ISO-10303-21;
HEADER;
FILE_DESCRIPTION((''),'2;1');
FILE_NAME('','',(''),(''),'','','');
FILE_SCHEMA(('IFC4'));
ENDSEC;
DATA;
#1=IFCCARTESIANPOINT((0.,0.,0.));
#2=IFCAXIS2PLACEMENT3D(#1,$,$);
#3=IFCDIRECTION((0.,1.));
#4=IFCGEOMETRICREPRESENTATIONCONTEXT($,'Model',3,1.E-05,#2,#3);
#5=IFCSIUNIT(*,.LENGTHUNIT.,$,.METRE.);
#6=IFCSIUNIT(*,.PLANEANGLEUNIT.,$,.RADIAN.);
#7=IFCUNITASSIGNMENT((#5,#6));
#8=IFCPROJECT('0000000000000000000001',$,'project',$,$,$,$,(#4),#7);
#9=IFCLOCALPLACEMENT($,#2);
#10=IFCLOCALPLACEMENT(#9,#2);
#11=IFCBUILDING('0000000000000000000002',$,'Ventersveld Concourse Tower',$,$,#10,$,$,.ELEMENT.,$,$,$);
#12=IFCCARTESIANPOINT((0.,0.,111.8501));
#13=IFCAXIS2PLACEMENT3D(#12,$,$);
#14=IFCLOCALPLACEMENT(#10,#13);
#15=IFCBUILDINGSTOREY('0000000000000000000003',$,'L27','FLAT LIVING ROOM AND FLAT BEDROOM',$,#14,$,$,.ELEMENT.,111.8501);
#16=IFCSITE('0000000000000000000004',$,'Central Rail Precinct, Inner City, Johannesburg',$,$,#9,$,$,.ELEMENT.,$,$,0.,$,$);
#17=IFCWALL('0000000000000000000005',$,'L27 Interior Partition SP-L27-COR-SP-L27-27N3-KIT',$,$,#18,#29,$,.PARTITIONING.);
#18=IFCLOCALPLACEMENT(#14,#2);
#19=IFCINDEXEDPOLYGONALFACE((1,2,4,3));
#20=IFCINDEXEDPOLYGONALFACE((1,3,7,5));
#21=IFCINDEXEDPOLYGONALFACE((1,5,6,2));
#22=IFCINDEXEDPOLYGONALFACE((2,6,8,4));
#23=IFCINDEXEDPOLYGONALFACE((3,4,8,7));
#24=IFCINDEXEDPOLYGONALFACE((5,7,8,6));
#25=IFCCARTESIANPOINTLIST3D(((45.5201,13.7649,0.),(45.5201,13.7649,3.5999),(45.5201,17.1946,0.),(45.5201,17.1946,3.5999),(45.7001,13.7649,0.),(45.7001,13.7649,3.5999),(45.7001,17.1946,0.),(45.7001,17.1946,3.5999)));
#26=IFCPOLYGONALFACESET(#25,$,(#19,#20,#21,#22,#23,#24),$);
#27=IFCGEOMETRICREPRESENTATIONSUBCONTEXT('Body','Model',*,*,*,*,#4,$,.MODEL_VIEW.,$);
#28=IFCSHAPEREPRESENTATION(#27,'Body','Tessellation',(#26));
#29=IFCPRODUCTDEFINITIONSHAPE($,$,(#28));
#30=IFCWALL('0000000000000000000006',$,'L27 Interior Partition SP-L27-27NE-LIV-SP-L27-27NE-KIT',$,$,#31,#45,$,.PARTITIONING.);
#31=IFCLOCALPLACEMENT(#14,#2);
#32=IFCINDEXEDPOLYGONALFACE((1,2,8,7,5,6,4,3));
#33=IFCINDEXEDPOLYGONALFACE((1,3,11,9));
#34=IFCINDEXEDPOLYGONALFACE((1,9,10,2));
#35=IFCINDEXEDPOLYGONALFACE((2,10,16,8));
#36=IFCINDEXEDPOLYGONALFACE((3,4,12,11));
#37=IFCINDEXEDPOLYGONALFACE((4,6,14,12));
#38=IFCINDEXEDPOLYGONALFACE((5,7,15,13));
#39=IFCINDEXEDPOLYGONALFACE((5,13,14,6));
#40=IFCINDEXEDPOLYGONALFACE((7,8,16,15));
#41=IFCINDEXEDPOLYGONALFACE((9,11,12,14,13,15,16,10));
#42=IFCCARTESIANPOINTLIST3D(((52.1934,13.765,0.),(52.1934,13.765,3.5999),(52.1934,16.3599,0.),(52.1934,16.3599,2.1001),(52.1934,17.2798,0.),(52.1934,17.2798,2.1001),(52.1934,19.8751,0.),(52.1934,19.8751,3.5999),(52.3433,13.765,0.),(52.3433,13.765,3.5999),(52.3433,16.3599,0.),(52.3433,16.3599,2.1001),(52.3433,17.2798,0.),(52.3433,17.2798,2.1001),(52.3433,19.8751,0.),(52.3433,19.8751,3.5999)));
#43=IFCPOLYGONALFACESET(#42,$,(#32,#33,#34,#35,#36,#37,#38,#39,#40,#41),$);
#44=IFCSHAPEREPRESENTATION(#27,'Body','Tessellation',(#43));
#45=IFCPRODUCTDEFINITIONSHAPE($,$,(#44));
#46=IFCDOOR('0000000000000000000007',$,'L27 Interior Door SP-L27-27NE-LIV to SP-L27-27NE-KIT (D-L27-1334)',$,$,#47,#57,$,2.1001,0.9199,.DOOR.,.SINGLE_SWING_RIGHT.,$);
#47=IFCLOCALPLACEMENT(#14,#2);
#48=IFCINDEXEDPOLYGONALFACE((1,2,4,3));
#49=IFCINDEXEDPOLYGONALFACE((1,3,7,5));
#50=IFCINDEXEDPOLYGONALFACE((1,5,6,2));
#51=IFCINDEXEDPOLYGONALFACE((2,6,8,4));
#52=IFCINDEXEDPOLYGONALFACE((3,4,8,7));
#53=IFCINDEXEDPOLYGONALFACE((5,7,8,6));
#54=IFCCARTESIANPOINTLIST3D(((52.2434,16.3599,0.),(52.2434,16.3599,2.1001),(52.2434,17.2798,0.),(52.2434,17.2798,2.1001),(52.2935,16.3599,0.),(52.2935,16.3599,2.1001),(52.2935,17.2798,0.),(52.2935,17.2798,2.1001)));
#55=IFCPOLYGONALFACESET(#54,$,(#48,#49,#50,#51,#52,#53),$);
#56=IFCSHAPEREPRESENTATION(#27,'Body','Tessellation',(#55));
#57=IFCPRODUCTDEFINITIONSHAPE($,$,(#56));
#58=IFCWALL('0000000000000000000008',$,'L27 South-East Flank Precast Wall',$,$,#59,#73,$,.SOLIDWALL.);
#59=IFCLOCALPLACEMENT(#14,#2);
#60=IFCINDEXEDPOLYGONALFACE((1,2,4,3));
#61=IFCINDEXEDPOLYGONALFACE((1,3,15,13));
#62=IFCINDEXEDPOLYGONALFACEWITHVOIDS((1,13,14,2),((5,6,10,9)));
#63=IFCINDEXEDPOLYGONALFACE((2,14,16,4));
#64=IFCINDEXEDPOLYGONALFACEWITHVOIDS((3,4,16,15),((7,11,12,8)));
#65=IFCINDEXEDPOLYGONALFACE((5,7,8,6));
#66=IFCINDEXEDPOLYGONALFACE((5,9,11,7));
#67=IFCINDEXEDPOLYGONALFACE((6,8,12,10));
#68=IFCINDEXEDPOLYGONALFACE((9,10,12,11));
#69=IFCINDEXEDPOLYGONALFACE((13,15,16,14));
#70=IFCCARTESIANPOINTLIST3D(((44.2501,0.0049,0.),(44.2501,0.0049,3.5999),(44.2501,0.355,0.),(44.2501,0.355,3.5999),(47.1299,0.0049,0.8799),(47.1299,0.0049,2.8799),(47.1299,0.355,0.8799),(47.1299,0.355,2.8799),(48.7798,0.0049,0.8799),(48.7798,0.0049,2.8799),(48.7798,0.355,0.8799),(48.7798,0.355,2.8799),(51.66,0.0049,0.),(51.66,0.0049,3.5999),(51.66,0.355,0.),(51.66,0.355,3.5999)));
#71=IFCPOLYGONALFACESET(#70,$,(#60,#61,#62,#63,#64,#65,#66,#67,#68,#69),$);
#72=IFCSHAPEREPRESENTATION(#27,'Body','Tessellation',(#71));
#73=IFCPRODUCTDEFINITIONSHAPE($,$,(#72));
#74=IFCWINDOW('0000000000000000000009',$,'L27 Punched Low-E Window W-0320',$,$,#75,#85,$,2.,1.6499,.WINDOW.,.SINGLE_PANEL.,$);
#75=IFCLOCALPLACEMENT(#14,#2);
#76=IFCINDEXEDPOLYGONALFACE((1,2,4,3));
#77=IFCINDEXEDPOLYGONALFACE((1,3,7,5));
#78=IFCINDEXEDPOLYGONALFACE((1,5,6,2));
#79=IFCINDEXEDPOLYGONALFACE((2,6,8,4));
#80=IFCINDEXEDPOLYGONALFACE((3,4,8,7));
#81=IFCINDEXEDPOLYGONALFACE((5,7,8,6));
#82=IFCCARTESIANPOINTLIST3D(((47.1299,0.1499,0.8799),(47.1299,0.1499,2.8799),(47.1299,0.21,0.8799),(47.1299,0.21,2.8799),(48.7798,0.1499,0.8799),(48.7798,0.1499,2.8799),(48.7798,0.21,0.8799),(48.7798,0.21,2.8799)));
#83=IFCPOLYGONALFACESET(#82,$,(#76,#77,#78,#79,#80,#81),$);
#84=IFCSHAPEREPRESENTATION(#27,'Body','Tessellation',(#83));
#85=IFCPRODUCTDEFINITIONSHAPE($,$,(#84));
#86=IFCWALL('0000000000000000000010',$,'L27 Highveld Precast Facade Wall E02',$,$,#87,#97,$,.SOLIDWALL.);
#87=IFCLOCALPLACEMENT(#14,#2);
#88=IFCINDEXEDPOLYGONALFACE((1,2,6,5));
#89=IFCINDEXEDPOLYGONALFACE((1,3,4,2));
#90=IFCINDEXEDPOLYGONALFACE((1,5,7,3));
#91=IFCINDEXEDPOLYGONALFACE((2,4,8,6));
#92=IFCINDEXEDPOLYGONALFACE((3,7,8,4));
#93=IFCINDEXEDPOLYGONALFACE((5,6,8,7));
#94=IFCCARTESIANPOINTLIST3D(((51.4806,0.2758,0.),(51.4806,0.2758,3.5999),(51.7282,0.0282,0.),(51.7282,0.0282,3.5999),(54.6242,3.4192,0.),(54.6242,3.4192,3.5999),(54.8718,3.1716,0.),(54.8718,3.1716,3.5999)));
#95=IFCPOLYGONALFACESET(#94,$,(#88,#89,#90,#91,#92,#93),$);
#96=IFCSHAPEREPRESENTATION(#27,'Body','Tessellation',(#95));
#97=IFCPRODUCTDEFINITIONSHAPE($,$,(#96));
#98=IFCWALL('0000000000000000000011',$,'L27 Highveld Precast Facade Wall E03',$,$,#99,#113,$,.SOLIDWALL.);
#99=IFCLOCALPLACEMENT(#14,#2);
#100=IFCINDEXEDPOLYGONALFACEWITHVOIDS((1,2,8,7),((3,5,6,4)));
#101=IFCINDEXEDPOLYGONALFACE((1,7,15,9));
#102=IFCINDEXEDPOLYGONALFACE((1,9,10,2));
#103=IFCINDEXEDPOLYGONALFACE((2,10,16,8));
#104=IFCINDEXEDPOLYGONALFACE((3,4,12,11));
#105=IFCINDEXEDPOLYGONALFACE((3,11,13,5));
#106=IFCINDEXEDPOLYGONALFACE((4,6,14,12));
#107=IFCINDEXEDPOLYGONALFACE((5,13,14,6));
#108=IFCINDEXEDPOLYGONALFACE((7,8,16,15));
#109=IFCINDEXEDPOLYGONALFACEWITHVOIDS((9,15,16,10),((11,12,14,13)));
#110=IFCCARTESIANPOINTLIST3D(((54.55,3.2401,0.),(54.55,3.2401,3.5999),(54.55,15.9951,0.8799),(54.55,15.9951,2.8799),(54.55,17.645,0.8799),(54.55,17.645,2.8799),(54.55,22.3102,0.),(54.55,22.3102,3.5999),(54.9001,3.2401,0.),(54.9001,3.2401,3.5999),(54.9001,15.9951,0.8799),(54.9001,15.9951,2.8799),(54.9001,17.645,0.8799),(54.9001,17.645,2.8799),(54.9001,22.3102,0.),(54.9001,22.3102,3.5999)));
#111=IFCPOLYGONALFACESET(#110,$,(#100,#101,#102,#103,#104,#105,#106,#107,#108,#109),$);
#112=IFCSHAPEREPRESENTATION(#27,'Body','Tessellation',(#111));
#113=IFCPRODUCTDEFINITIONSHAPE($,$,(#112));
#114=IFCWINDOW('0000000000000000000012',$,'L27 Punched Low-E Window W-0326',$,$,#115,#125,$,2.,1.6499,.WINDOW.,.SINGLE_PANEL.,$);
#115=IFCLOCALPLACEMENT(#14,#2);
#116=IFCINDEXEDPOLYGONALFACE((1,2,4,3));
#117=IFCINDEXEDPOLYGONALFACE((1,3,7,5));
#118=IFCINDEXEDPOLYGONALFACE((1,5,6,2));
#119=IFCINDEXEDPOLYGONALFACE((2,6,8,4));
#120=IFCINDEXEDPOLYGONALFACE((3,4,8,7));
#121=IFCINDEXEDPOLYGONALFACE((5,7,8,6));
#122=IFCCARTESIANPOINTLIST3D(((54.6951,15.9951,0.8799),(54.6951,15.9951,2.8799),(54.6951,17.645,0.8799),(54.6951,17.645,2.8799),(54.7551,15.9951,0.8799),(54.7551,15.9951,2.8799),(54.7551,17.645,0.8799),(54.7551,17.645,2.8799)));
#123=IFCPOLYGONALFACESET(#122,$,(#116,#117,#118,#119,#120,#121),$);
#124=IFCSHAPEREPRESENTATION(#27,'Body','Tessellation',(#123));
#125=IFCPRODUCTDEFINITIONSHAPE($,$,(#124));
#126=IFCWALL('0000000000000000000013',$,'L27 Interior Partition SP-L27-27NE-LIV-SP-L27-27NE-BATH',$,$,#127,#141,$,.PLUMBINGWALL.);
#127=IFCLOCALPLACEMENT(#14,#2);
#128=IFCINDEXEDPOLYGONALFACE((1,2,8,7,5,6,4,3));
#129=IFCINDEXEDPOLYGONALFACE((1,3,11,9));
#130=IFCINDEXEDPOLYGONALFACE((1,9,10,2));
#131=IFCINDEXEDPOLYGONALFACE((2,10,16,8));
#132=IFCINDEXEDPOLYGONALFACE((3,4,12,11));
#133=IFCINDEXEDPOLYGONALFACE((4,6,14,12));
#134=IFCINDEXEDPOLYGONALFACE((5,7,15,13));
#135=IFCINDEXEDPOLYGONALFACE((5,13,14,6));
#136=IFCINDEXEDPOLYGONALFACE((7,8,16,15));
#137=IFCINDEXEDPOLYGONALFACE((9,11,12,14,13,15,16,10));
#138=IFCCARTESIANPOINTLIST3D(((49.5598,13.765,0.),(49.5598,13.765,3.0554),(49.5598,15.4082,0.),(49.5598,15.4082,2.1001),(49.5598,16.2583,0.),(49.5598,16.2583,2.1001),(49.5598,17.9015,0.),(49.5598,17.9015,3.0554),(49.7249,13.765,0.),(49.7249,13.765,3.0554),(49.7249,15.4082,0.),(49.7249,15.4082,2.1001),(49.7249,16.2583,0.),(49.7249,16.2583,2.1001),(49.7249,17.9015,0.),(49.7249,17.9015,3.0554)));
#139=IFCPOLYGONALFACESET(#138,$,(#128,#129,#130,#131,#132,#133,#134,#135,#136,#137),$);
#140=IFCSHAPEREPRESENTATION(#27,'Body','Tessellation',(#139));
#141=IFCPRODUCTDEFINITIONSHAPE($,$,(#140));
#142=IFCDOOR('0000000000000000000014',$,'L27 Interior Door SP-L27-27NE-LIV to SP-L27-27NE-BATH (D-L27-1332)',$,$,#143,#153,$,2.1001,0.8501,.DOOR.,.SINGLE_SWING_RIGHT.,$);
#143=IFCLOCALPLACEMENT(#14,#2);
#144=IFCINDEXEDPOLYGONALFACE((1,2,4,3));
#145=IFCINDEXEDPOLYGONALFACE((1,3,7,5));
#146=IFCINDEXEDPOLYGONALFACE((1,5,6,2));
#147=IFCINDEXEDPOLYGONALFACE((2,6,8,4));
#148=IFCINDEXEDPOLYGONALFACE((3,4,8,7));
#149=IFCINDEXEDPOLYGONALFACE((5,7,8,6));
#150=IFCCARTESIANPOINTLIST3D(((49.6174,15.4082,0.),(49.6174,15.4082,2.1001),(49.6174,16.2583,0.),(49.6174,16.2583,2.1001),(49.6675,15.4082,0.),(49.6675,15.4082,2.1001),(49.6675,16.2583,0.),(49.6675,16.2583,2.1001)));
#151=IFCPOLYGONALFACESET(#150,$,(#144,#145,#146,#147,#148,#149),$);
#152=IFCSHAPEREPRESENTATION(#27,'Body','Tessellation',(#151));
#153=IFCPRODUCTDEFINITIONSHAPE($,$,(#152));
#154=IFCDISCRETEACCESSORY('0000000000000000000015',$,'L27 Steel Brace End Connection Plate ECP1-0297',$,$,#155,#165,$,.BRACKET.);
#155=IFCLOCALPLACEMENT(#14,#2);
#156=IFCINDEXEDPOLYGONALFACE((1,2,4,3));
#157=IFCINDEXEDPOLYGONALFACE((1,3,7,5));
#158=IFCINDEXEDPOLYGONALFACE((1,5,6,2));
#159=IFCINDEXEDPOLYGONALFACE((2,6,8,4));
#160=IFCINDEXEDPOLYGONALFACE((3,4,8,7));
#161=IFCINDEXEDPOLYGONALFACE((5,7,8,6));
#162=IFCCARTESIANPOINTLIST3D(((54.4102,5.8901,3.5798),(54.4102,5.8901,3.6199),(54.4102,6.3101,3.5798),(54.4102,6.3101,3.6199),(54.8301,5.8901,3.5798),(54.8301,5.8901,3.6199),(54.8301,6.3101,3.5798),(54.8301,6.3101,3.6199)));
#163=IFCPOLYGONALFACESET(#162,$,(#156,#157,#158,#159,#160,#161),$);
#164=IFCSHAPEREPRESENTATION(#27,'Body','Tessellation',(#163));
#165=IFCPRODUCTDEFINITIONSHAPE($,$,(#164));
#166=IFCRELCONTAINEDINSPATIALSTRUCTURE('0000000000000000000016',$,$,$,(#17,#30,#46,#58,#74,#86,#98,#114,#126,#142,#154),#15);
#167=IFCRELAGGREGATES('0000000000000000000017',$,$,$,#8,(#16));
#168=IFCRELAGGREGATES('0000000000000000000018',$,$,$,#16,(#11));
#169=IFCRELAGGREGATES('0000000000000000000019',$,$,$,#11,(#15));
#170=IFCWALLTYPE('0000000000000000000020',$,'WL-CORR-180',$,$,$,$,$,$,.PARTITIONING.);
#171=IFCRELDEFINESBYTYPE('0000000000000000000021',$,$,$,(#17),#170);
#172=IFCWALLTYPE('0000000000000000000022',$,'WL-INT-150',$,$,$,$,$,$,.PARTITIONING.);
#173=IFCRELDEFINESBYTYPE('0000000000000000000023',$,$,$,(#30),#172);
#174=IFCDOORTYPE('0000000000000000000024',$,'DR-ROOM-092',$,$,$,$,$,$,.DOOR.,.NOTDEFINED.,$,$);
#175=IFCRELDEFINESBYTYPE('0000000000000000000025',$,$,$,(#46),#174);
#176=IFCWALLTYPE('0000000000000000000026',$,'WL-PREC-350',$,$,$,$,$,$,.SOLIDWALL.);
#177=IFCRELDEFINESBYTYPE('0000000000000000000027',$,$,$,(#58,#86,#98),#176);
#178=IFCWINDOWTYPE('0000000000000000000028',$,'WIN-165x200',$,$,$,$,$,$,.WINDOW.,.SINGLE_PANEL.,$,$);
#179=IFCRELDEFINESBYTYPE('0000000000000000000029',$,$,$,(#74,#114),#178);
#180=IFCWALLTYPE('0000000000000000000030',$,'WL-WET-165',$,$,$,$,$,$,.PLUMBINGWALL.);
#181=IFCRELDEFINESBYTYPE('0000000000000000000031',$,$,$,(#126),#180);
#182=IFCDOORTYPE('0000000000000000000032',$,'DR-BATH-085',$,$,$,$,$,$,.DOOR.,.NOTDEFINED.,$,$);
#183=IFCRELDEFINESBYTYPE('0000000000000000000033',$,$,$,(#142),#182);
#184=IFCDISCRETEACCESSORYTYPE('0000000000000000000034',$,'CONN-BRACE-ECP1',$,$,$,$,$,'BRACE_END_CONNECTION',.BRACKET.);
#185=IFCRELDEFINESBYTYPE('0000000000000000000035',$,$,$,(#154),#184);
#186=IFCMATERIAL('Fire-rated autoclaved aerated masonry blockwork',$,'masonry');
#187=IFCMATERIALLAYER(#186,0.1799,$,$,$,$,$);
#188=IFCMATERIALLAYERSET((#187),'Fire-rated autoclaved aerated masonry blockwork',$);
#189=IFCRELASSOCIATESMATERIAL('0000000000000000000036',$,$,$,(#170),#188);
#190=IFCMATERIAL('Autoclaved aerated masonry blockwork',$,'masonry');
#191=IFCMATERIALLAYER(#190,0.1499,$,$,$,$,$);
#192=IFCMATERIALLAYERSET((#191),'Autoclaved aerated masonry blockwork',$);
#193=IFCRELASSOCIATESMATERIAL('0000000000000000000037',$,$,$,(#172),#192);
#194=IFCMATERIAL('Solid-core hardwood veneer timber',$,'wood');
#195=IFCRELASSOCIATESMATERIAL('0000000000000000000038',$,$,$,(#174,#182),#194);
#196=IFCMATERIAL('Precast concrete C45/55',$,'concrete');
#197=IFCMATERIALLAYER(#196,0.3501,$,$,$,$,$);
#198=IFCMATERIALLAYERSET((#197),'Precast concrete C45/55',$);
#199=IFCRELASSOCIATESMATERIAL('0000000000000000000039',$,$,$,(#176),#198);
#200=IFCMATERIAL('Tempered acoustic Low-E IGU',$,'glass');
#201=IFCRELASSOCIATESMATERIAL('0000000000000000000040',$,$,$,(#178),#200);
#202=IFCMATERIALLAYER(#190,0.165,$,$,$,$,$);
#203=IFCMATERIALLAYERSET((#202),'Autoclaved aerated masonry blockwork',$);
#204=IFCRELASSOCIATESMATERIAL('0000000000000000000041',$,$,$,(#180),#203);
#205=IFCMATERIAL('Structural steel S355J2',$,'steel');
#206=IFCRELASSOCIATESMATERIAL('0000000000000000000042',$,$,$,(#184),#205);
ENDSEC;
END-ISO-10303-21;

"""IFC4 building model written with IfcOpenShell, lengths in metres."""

from ifc_helpers import new_model, si_unit, direction, frame, frame_2d, origin, origin_2d, place, context, subcontext, project, spatial, rectangle, extrude, material, layer, layer_set, type_object, element, fill, save


model = new_model("IFC4")

# Units and contexts
model_context = context("Model", 3, precision=1e-05, world=origin(), true_north=direction((0.0, 1.0)))
body_context = subcontext(model_context, "Body", "Model", "MODEL_VIEW")
ifc_project = project(units=[si_unit("LENGTHUNIT", "METRE"), si_unit("PLANEANGLEUNIT", "RADIAN")], contexts=[model_context])

# Site, building, storey
site_placement = place(None, origin())
site = spatial("IfcSite", under=ifc_project, at=site_placement, Name="Central Rail Precinct, Inner City, Johannesburg", CompositionType="ELEMENT", RefElevation=0.0)
building_placement = place(site_placement, origin())
building = spatial("IfcBuilding", under=site, at=building_placement, Name="Ventersveld Concourse Tower", CompositionType="ELEMENT")
storey_placement = place(building_placement, frame((0.0, 0.0, 111.8501)))
storey = spatial("IfcBuildingStorey", under=building, at=storey_placement, Name="L27", Description="FLAT LIVING ROOM AND FLAT BEDROOM", CompositionType="ELEMENT", Elevation=111.8501)

# Shared definitions
ifc_material_1 = material(Name="Structural steel S355J2", Category="steel")

# Shared definitions
ifc_material_2 = material(Name="Fire-rated autoclaved aerated masonry blockwork", Category="masonry")
ifc_layer_1 = layer(ifc_material_2, 0.1799)
ifc_layer_set_1 = layer_set([ifc_layer_1], Name="Fire-rated autoclaved aerated masonry blockwork")
wall_type_1 = type_object("IfcWallType", Name="WL-CORR-180", PredefinedType="PARTITIONING", material=ifc_layer_set_1)
ifc_material_3 = material(Name="Solid-core hardwood veneer timber", Category="wood")

# Wall
wall_1_placement = place(storey_placement, frame((45.6101, 13.7649, 0.0), z_axis=(0.0, 0.0, 1.0), x_axis=(0.0, 1.0, 0.0)))
element("IfcWall", 1, at=wall_1_placement, inside=storey, type_object=wall_type_1, Name="L27 Interior Partition SP-L27-COR-SP-L27-27N3-KIT", PredefinedType="PARTITIONING", context=body_context, shape_type="SweptSolid", body=[
    extrude(rectangle(XDim=3.4297, YDim=0.1799, at=frame_2d((1.7148, 0.0))), origin(), (0.0, 0.0, 1.0), 3.5999),
])

# Wall, opening, door
ifc_material_4 = material(Name="Autoclaved aerated masonry blockwork", Category="masonry")
ifc_layer_2 = layer(ifc_material_4, 0.1499)
ifc_layer_set_2 = layer_set([ifc_layer_2], Name="Autoclaved aerated masonry blockwork")
wall_type_2 = type_object("IfcWallType", Name="WL-INT-150", PredefinedType="PARTITIONING", material=ifc_layer_set_2)
wall_2_placement = place(storey_placement, frame((52.2683, 13.7649, 0.0), z_axis=(0.0, 0.0, 1.0), x_axis=(0.0, 1.0, 0.0)))
wall_2 = element("IfcWall", 2, at=wall_2_placement, inside=storey, type_object=wall_type_2, Name="L27 Interior Partition SP-L27-27NE-LIV-SP-L27-27NE-KIT", PredefinedType="PARTITIONING", context=body_context, shape_type="SweptSolid", body=[
    extrude(rectangle(XDim=6.1101, YDim=0.1499, at=frame_2d((3.0552, 0.0))), origin(), (0.0, 0.0, 1.0), 3.5999),
])
opening_1_placement = place(wall_2_placement, frame((2.595, 0.0, 0.0)))
opening_1 = element("IfcOpeningElement", 3, at=opening_1_placement, cuts=wall_2, PredefinedType="OPENING", context=body_context, shape_type="SweptSolid", body=[
    extrude(rectangle(XDim=0.9199, YDim=2.1001, at=frame_2d((0.46, 1.05))), frame((0.0, 0.085, 0.0), z_axis=(0.0, -1.0, 0.0), x_axis=(1.0, 0.0, 0.0)), (0.0, 0.0, 1.0), 0.1699),
])
door_type_1 = type_object("IfcDoorType", Name="DR-ROOM-092", OperationType="NOTDEFINED", PredefinedType="DOOR", material=ifc_material_3)
door_1_placement = place(opening_1_placement, origin())
door_1 = element("IfcDoor", 4, at=door_1_placement, inside=storey, type_object=door_type_1, Name="L27 Interior Door SP-L27-27NE-LIV to SP-L27-27NE-KIT (D-L27-1334)", OperationType="SINGLE_SWING_RIGHT", OverallHeight=2.1001, OverallWidth=0.9199, PredefinedType="DOOR", context=body_context, shape_type="SweptSolid", body=[
    extrude(rectangle(XDim=0.9199, YDim=2.1001, at=frame_2d((0.46, 1.05))), frame((0.0, 0.0249, 0.0), z_axis=(0.0, -1.0, 0.0), x_axis=(1.0, 0.0, 0.0)), (0.0, 0.0, 1.0), 0.05),
])
fill(opening_1, door_1)

# Wall, opening, window
ifc_material_5 = material(Name="Precast concrete C45/55", Category="concrete")
ifc_layer_3 = layer(ifc_material_5, 0.3501)
ifc_layer_set_3 = layer_set([ifc_layer_3], Name="Precast concrete C45/55")
wall_type_3 = type_object("IfcWallType", Name="WL-PREC-350", PredefinedType="SOLIDWALL", material=ifc_layer_set_3)
wall_3_placement = place(storey_placement, frame((44.25, 0.1799, 0.0), z_axis=(0.0, 0.0, 1.0), x_axis=(1.0, 0.0, 0.0)))
wall_3 = element("IfcWall", 5, at=wall_3_placement, inside=storey, type_object=wall_type_3, Name="L27 South-East Flank Precast Wall", PredefinedType="SOLIDWALL", context=body_context, shape_type="SweptSolid", body=[
    extrude(rectangle(XDim=7.4099, YDim=0.3501, at=frame_2d((3.7051, 0.0))), origin(), (0.0, 0.0, 1.0), 3.5999),
])
opening_2_placement = place(wall_3_placement, frame((2.8799, 0.0, 0.8799)))
opening_2 = element("IfcOpeningElement", 6, at=opening_2_placement, cuts=wall_3, PredefinedType="OPENING", context=body_context, shape_type="SweptSolid", body=[
    extrude(rectangle(XDim=1.6499, YDim=2.0, at=frame_2d((0.825, 1.0))), frame((0.0, 0.1851, 0.0), z_axis=(0.0, -1.0, 0.0), x_axis=(1.0, 0.0, 0.0)), (0.0, 0.0, 1.0), 0.3701),
])
ifc_material_6 = material(Name="Tempered acoustic Low-E IGU", Category="glass")
window_type = type_object("IfcWindowType", Name="WIN-165x200", PartitioningType="SINGLE_PANEL", PredefinedType="WINDOW", material=ifc_material_6)
window_1_placement = place(opening_2_placement, origin())
window_1 = element("IfcWindow", 7, at=window_1_placement, inside=storey, type_object=window_type, Name="L27 Punched Low-E Window W-0320", OverallHeight=2.0, OverallWidth=1.6499, PartitioningType="SINGLE_PANEL", PredefinedType="WINDOW", context=body_context, shape_type="SweptSolid", body=[
    extrude(rectangle(XDim=1.6499, YDim=2.0, at=frame_2d((0.825, 1.0))), frame((0.0, 0.03, 0.0), z_axis=(0.0, -1.0, 0.0), x_axis=(1.0, 0.0, 0.0)), (0.0, 0.0, 1.0), 0.0601),
])
fill(opening_2, window_1)

# Wall
wall_4_placement = place(storey_placement, frame((51.6045, 0.1521, 0.0), z_axis=(0.0, 0.0, 1.0), x_axis=(0.707134, 0.707079, 0.0)))
element("IfcWall", 8, at=wall_4_placement, inside=storey, type_object=wall_type_3, Name="L27 Highveld Precast Facade Wall E02", PredefinedType="SOLIDWALL", context=body_context, shape_type="SweptSolid", body=[
    extrude(rectangle(XDim=4.4456, YDim=0.3501, at=frame_2d((2.2227, 0.0))), origin(), (0.0, 0.0, 1.0), 3.5999),
])

# Wall, opening, window
wall_5_placement = place(storey_placement, frame((54.7251, 3.24, 0.0), z_axis=(0.0, 0.0, 1.0), x_axis=(0.0, 1.0, 0.0)))
wall_5 = element("IfcWall", 9, at=wall_5_placement, inside=storey, type_object=wall_type_3, Name="L27 Highveld Precast Facade Wall E03", PredefinedType="SOLIDWALL", context=body_context, shape_type="SweptSolid", body=[
    extrude(rectangle(XDim=19.0701, YDim=0.3501, at=frame_2d((9.5352, 0.0))), origin(), (0.0, 0.0, 1.0), 3.5999),
])
opening_3_placement = place(wall_5_placement, frame((12.7551, 0.0, 0.8799)))
opening_3 = element("IfcOpeningElement", 10, at=opening_3_placement, cuts=wall_5, PredefinedType="OPENING", context=body_context, shape_type="SweptSolid", body=[
    extrude(rectangle(XDim=1.6499, YDim=2.0, at=frame_2d((0.825, 1.0))), frame((0.0, 0.1851, 0.0), z_axis=(0.0, -1.0, 0.0), x_axis=(1.0, 0.0, 0.0)), (0.0, 0.0, 1.0), 0.3701),
])
window_2_placement = place(opening_3_placement, origin())
window_2 = element("IfcWindow", 11, at=window_2_placement, inside=storey, type_object=window_type, Name="L27 Punched Low-E Window W-0326", OverallHeight=2.0, OverallWidth=1.6499, PartitioningType="SINGLE_PANEL", PredefinedType="WINDOW", context=body_context, shape_type="SweptSolid", body=[
    extrude(rectangle(XDim=1.6499, YDim=2.0, at=frame_2d((0.825, 1.0))), frame((0.0, 0.03, 0.0), z_axis=(0.0, -1.0, 0.0), x_axis=(1.0, 0.0, 0.0)), (0.0, 0.0, 1.0), 0.0601),
])
fill(opening_3, window_2)

# Wall, opening, door
ifc_layer_4 = layer(ifc_material_4, 0.165)
ifc_layer_set_4 = layer_set([ifc_layer_4], Name="Autoclaved aerated masonry blockwork")
wall_type_4 = type_object("IfcWallType", Name="WL-WET-165", PredefinedType="PLUMBINGWALL", material=ifc_layer_set_4)
wall_6_placement = place(storey_placement, frame((49.6423, 13.7649, 0.0), z_axis=(0.0, 0.0, 1.0), x_axis=(0.0, 1.0, 0.0)))
wall_6 = element("IfcWall", 12, at=wall_6_placement, inside=storey, type_object=wall_type_4, Name="L27 Interior Partition SP-L27-27NE-LIV-SP-L27-27NE-BATH", PredefinedType="PLUMBINGWALL", context=body_context, shape_type="SweptSolid", body=[
    extrude(rectangle(XDim=4.1365, YDim=0.165, at=frame_2d((2.0684, 0.0))), origin(), (0.0, 0.0, 1.0), 3.0554),
])
opening_4_placement = place(wall_6_placement, frame((1.6433, 0.0, 0.0)))
opening_4 = element("IfcOpeningElement", 13, at=opening_4_placement, cuts=wall_6, PredefinedType="OPENING", context=body_context, shape_type="SweptSolid", body=[
    extrude(rectangle(XDim=0.8501, YDim=2.1001, at=frame_2d((0.425, 1.05))), frame((0.0, 0.0925, 0.0), z_axis=(0.0, -1.0, 0.0), x_axis=(1.0, 0.0, 0.0)), (0.0, 0.0, 1.0), 0.1851),
])
door_type_2 = type_object("IfcDoorType", Name="DR-BATH-085", OperationType="NOTDEFINED", PredefinedType="DOOR", material=ifc_material_3)
door_2_placement = place(opening_4_placement, origin())
door_2 = element("IfcDoor", 14, at=door_2_placement, inside=storey, type_object=door_type_2, Name="L27 Interior Door SP-L27-27NE-LIV to SP-L27-27NE-BATH (D-L27-1332)", OperationType="SINGLE_SWING_RIGHT", OverallHeight=2.1001, OverallWidth=0.8501, PredefinedType="DOOR", context=body_context, shape_type="SweptSolid", body=[
    extrude(rectangle(XDim=0.8501, YDim=2.1001, at=frame_2d((0.425, 1.05))), frame((0.0, 0.0249, 0.0), z_axis=(0.0, -1.0, 0.0), x_axis=(1.0, 0.0, 0.0)), (0.0, 0.0, 1.0), 0.05),
])
fill(opening_4, door_2)

# Discrete accessory
discrete_accessory_type = type_object("IfcDiscreteAccessoryType", Name="CONN-BRACE-ECP1", ElementType="BRACE_END_CONNECTION", PredefinedType="BRACKET", material=ifc_material_1)
discrete_accessory_placement = place(storey_placement, frame((54.6201, 6.1001, 3.5798), z_axis=(0.0, 0.0, 1.0), x_axis=(1.0, 0.0, 0.0)))
element("IfcDiscreteAccessory", 15, at=discrete_accessory_placement, inside=storey, type_object=discrete_accessory_type, Name="L27 Steel Brace End Connection Plate ECP1-0297", PredefinedType="BRACKET", context=body_context, shape_type="SweptSolid", body=[
    extrude(rectangle(XDim=0.4199, YDim=0.4199, at=origin_2d()), origin(), (0.0, 0.0, 1.0), 0.04),
])

save(model, "model.ifc")
